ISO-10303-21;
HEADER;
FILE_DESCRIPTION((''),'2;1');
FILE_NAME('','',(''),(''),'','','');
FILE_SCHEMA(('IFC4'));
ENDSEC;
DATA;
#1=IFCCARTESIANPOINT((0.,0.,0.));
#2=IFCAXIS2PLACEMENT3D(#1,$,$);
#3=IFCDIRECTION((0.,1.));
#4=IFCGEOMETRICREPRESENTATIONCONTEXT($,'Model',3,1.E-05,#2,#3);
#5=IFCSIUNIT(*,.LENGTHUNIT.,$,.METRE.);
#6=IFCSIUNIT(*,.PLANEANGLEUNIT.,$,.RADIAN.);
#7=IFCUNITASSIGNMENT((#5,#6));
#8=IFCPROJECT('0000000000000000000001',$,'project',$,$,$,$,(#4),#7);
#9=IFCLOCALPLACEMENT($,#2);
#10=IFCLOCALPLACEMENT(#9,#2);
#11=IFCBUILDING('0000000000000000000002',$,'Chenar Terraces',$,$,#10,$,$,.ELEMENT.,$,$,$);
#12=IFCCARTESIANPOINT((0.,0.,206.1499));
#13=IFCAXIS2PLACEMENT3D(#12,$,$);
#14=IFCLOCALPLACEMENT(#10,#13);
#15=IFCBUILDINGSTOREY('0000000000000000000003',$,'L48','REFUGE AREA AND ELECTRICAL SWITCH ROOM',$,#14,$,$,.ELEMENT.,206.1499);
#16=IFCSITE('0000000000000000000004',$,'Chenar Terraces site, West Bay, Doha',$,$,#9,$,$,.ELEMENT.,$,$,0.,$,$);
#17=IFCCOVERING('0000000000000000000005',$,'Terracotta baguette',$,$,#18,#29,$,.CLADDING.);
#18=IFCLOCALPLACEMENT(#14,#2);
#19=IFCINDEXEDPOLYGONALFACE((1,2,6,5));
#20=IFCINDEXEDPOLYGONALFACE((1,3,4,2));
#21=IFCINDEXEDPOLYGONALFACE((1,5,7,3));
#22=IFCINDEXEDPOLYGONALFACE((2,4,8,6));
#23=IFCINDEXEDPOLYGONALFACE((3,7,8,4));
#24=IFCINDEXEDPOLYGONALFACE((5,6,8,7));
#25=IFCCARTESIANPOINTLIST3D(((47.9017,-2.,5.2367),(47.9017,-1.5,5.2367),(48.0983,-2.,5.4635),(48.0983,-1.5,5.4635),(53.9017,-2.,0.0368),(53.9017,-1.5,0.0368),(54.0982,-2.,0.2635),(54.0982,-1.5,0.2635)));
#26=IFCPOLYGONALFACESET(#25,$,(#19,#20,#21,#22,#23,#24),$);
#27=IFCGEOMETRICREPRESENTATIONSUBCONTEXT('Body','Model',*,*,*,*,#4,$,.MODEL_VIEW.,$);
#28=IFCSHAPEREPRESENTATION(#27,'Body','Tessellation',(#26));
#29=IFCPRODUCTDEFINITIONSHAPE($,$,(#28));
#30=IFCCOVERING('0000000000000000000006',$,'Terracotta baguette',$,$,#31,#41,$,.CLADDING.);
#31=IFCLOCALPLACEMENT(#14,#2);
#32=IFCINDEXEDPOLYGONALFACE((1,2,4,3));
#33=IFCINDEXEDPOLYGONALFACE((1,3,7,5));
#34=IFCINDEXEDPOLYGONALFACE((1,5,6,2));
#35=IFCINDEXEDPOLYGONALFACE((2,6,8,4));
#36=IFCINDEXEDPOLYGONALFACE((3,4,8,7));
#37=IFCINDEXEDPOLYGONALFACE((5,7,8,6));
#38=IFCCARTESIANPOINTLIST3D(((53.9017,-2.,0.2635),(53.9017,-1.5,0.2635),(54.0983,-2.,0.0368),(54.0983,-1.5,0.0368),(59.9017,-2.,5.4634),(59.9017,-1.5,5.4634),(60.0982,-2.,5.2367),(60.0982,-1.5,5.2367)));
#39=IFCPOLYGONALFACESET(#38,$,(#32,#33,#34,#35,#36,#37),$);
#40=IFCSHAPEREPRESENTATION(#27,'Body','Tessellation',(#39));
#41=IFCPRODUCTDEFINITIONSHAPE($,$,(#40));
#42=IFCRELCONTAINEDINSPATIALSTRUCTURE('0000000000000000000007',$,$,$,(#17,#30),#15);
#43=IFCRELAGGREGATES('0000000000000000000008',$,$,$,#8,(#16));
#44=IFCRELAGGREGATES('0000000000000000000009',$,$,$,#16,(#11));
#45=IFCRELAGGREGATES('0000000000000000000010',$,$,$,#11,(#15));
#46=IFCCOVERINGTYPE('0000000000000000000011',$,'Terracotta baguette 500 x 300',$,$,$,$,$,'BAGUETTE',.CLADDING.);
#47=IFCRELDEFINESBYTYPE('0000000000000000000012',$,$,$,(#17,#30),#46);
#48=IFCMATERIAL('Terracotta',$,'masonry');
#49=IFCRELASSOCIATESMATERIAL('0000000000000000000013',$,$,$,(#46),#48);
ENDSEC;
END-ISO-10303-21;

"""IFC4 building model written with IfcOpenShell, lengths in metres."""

from ifc_helpers import new_model, si_unit, direction, frame, origin, origin_2d, place, context, subcontext, project, spatial, rectangle, extrude, material, material_profile, profile_set, type_object, element, save


model = new_model("IFC4")

# Units and contexts
model_context = context("Model", 3, precision=1e-05, world=origin(), true_north=direction((0.0, 1.0)))
body_context = subcontext(model_context, "Body", "Model", "MODEL_VIEW")
ifc_project = project(units=[si_unit("LENGTHUNIT", "METRE"), si_unit("PLANEANGLEUNIT", "RADIAN")], contexts=[model_context])

# Site, building, storey
site_placement = place(None, origin())
site = spatial("IfcSite", under=ifc_project, at=site_placement, Name="Chenar Terraces site, West Bay, Doha", CompositionType="ELEMENT", RefElevation=0.0)
building_placement = place(site_placement, origin())
building = spatial("IfcBuilding", under=site, at=building_placement, Name="Chenar Terraces", CompositionType="ELEMENT")
storey_placement = place(building_placement, frame((0.0, 0.0, 206.1499)))
storey = spatial("IfcBuildingStorey", under=building, at=storey_placement, Name="L48", Description="REFUGE AREA AND ELECTRICAL SWITCH ROOM", CompositionType="ELEMENT", Elevation=206.1499)

# Coverings
ifc_material_1 = material(Name="Terracotta", Category="masonry")
ifc_material_profile_1 = material_profile(ifc_material_1, rectangle(XDim=0.5, YDim=0.3, at=origin_2d()), Name="Terracotta baguette 500 x 300")
ifc_profile_set_1 = profile_set([ifc_material_profile_1], Name="Terracotta")
covering_type = type_object("IfcCoveringType", Name="Terracotta baguette 500 x 300", ElementType="BAGUETTE", PredefinedType="CLADDING", material=ifc_profile_set_1)
for number, where, z_axis, x_axis, name in (
    (1, (48.0, -1.75, 5.3501), (0.755692, 0.0, -0.654927), (0.0, 1.0, 0.0), "Terracotta baguette"),
    (2, (54.0, -1.75, 0.1501), (0.755692, 0.0, 0.654927), (0.0, 1.0, 0.0), "Terracotta baguette"),
):
    element("IfcCovering", number, at=place(storey_placement, frame(where, z_axis=z_axis, x_axis=x_axis)), inside=storey, type_object=covering_type, Name=name, PredefinedType="CLADDING", context=body_context, shape_type="SweptSolid", body=[
        extrude(rectangle(XDim=0.5, YDim=0.3, at=origin_2d()), origin(), (0.0, 0.0, 1.0), 7.9397),
    ])

save(model, "model.ifc")
